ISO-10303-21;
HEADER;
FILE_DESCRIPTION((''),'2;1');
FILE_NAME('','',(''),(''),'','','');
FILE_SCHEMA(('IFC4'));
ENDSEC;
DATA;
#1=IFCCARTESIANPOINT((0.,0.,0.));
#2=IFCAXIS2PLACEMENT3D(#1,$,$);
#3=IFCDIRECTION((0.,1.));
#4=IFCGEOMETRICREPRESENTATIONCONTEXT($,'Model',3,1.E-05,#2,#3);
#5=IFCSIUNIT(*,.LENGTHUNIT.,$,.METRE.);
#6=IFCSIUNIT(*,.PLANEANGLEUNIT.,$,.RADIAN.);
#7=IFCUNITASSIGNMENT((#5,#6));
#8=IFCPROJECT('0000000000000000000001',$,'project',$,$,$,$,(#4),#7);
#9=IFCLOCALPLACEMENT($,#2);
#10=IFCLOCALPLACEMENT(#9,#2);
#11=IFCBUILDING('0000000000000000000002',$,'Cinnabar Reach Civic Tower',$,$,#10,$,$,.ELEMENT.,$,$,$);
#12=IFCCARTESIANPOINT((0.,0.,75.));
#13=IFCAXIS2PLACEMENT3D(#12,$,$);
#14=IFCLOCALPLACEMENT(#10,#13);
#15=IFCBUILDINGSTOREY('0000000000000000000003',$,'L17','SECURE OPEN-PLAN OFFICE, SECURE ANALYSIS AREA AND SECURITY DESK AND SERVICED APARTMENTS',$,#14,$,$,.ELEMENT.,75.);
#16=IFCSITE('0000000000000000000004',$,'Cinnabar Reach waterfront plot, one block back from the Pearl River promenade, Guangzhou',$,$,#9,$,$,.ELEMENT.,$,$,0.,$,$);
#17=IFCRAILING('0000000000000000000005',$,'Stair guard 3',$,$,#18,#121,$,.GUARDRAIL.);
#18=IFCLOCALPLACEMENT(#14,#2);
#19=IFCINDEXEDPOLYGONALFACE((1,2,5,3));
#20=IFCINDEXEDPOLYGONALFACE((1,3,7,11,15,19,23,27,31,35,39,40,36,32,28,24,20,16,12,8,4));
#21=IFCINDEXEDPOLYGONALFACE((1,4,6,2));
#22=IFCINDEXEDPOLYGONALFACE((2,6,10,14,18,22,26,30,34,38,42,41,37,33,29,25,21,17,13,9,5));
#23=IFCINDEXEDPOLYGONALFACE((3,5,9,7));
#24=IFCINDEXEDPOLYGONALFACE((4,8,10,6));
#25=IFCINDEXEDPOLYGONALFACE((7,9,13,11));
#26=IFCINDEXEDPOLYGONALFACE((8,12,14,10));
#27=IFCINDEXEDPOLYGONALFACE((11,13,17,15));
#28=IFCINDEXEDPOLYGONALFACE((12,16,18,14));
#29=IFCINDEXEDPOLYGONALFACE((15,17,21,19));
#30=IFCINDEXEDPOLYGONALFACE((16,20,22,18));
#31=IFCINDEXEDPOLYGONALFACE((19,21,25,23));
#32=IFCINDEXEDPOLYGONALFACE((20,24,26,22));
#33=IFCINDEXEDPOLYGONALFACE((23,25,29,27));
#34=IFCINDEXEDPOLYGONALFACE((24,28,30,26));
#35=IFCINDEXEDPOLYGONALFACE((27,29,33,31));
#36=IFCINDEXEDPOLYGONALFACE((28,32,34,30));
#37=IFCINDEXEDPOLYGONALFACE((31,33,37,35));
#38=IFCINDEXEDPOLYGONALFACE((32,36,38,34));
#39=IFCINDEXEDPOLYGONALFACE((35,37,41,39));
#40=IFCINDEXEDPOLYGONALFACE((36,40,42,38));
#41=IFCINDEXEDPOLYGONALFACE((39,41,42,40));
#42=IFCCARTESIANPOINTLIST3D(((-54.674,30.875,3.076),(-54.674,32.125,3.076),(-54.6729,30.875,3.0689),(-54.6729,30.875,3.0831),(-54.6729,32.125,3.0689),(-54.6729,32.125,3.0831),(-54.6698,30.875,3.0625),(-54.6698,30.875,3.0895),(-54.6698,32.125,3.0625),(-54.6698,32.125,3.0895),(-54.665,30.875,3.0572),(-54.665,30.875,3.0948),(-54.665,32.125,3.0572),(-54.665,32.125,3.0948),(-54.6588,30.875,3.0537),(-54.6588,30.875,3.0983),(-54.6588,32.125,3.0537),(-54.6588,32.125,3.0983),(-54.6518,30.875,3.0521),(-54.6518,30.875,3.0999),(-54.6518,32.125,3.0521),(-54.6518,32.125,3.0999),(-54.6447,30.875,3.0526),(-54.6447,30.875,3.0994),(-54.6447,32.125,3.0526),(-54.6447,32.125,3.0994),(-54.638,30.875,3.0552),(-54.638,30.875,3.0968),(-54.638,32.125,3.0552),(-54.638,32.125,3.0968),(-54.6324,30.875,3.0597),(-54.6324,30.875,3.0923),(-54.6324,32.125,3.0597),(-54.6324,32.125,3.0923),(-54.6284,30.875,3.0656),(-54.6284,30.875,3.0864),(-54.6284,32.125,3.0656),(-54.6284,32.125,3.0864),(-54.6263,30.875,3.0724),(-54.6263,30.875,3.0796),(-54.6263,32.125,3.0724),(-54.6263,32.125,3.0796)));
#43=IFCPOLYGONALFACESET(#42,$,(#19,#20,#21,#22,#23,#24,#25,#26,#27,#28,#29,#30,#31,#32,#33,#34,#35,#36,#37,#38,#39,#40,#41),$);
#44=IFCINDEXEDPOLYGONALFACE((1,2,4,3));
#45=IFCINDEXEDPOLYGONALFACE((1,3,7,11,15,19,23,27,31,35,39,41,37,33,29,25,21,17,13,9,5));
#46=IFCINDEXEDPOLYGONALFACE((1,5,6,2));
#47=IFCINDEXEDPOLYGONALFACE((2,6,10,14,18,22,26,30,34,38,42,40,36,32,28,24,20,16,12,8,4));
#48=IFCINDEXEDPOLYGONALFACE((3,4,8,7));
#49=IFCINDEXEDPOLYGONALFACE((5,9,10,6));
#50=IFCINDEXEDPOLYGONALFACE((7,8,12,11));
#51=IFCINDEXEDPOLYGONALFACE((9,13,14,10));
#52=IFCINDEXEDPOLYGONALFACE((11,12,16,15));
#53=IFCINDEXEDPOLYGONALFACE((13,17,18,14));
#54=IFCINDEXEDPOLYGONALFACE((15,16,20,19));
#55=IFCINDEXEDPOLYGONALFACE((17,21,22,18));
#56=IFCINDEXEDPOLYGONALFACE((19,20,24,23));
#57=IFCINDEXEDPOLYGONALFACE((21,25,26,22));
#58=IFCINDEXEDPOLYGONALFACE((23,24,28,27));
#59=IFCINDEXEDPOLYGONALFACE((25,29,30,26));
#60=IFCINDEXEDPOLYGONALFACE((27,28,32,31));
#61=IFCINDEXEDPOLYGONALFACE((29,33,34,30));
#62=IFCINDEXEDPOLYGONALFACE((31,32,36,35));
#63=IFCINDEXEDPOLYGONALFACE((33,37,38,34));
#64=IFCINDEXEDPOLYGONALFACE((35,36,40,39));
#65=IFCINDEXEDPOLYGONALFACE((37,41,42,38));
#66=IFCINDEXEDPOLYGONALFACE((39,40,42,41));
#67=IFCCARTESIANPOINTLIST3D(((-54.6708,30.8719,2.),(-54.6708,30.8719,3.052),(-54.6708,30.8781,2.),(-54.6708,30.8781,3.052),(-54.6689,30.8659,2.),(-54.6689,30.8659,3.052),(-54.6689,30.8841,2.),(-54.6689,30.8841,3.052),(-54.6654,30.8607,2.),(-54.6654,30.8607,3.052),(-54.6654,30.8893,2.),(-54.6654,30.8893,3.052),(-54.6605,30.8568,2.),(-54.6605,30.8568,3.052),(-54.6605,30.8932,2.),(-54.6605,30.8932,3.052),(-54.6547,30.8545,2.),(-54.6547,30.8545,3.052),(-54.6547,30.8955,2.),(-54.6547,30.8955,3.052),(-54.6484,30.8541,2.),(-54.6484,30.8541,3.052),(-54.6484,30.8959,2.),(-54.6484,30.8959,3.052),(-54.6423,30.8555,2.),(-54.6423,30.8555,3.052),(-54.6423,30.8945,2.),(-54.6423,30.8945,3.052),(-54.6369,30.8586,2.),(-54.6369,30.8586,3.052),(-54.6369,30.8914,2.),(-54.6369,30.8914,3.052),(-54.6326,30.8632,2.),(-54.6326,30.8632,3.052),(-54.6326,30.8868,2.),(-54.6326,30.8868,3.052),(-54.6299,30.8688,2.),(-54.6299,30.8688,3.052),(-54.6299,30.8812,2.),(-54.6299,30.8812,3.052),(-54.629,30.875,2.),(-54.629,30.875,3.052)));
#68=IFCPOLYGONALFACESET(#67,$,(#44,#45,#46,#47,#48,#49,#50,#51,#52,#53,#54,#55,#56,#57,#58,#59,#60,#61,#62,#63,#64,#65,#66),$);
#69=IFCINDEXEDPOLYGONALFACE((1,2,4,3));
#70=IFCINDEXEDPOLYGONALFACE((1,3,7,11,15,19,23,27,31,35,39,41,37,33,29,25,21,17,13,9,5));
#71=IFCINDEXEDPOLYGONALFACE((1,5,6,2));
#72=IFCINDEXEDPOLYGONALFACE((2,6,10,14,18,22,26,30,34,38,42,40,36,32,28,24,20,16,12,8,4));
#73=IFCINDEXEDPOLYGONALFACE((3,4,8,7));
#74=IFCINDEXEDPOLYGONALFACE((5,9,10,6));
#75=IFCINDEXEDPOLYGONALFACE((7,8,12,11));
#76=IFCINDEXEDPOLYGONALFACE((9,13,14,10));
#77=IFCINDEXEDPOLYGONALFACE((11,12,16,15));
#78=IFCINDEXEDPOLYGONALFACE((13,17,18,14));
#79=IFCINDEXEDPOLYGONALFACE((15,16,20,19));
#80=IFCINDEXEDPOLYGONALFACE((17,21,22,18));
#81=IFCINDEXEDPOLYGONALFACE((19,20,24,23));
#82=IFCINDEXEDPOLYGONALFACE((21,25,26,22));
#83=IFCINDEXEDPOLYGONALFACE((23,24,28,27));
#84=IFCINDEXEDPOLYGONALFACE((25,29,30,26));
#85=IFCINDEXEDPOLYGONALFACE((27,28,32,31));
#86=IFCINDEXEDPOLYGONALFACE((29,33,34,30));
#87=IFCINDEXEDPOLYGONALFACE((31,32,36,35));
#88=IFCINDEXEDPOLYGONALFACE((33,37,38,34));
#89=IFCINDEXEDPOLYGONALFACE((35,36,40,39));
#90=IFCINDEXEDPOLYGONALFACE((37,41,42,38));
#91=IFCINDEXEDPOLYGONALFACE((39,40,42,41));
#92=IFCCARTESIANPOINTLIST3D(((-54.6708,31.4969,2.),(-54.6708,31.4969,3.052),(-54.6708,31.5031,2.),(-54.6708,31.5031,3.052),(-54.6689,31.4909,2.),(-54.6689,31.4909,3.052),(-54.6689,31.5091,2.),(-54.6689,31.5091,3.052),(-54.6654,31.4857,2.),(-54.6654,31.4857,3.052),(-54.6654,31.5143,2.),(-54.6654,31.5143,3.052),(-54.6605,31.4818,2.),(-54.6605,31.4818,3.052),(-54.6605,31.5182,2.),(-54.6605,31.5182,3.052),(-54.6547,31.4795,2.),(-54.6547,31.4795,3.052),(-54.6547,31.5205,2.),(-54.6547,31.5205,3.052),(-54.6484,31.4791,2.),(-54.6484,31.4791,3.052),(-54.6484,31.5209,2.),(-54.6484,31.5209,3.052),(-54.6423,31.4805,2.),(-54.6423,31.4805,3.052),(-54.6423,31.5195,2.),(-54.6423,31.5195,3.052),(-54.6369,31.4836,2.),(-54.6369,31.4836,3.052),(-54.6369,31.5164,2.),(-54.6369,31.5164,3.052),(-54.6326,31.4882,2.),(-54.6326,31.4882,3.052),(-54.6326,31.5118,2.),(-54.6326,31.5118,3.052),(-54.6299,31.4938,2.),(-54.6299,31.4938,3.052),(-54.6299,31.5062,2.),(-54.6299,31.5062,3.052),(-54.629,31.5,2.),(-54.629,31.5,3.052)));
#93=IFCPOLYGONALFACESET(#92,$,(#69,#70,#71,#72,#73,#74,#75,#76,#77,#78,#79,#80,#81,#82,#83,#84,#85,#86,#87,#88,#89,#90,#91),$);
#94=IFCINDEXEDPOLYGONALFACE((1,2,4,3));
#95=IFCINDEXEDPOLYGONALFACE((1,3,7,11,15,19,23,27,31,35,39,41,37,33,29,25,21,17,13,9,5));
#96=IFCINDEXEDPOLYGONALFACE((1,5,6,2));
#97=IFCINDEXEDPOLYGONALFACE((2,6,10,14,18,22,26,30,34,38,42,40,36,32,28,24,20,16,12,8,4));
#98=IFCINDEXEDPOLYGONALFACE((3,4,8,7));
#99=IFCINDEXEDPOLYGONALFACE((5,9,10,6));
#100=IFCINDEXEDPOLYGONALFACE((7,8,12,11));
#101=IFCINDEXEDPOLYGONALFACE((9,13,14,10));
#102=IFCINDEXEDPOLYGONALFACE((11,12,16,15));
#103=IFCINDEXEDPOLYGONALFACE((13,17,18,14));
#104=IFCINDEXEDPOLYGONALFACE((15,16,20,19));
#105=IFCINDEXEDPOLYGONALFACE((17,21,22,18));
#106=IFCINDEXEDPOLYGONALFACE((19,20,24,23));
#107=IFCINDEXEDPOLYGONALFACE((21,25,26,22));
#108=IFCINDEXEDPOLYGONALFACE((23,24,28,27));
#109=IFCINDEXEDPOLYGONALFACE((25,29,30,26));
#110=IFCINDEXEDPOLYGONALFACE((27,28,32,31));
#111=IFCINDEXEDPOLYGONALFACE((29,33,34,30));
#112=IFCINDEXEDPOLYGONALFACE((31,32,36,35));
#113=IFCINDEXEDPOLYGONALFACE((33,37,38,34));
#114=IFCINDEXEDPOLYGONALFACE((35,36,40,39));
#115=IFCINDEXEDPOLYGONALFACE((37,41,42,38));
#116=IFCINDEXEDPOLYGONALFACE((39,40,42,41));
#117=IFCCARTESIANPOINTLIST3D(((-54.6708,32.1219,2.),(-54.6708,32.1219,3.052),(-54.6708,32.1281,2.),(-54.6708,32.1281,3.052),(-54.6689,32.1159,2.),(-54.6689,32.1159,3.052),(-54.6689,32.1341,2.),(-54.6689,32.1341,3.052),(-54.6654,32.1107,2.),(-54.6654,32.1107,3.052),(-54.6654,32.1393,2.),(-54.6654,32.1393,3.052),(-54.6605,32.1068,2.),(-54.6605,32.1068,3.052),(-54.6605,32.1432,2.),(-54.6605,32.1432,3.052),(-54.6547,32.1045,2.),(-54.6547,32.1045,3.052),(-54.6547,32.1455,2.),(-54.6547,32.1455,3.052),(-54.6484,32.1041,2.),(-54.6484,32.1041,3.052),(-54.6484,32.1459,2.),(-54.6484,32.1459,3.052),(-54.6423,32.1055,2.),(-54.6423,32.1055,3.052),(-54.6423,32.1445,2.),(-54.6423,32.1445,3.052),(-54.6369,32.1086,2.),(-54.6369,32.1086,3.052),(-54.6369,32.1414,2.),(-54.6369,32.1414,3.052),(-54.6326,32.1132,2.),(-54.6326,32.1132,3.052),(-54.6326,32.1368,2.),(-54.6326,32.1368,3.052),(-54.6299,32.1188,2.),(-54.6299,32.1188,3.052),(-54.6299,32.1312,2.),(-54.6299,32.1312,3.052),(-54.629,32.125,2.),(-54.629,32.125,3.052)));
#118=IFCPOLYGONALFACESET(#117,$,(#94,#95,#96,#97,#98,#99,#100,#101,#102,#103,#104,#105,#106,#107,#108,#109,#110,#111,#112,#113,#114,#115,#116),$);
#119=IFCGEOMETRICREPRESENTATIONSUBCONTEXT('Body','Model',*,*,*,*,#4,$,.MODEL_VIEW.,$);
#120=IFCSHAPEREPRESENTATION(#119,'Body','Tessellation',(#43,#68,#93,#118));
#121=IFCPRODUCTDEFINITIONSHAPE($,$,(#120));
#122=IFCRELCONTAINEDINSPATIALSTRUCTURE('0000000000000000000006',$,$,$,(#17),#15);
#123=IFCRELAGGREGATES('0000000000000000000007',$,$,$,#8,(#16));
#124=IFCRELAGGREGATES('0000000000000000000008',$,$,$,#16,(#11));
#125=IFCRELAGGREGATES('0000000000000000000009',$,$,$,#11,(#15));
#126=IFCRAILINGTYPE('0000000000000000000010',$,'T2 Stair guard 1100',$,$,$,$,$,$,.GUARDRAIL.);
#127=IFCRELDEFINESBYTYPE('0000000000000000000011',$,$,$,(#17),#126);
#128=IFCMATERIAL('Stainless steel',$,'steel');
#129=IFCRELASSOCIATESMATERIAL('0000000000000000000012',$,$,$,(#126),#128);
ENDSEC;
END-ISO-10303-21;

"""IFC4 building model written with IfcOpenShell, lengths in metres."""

from ifc_helpers import new_model, si_unit, direction, frame, origin, origin_2d, place, context, subcontext, project, spatial, circle, extrude, material, type_object, element, save


model = new_model("IFC4")

# Units and contexts
model_context = context("Model", 3, precision=1e-05, world=origin(), true_north=direction((0.0, 1.0)))
body_context = subcontext(model_context, "Body", "Model", "MODEL_VIEW")
ifc_project = project(units=[si_unit("LENGTHUNIT", "METRE"), si_unit("PLANEANGLEUNIT", "RADIAN")], contexts=[model_context])

# Site, building, storey
site_placement = place(None, origin())
site = spatial("IfcSite", under=ifc_project, at=site_placement, Name="Cinnabar Reach waterfront plot, one block back from the Pearl River promenade, Guangzhou", CompositionType="ELEMENT", RefElevation=0.0)
building_placement = place(site_placement, origin())
building = spatial("IfcBuilding", under=site, at=building_placement, Name="Cinnabar Reach Civic Tower", CompositionType="ELEMENT")
storey_placement = place(building_placement, frame((0.0, 0.0, 75.0)))
storey = spatial("IfcBuildingStorey", under=building, at=storey_placement, Name="L17", Description="SECURE OPEN-PLAN OFFICE, SECURE ANALYSIS AREA AND SECURITY DESK AND SERVICED APARTMENTS", CompositionType="ELEMENT", Elevation=75.0)

# Railing
ifc_material_1 = material(Name="Stainless steel", Category="steel")
railing_type = type_object("IfcRailingType", Name="T2 Stair guard 1100", PredefinedType="GUARDRAIL", material=ifc_material_1)
railing_1_placement = place(storey_placement, frame((-54.65, 30.875, 2.0)))
element("IfcRailing", 1, at=railing_1_placement, inside=storey, type_object=railing_type, Name="Stair guard 3", PredefinedType="GUARDRAIL", context=body_context, shape_type="SweptSolid", body=[
    extrude(circle(Radius=0.024, at=origin_2d()), frame((0.0, 0.0, 1.076), z_axis=(0.0, 1.0, 0.0), x_axis=(-1.0, 0.0, 0.0)), (0.0, 0.0, 1.0), 1.25),
    extrude(circle(Radius=0.021, at=origin_2d()), origin(), (0.0, 0.0, 1.0), 1.052),
    extrude(circle(Radius=0.021, at=origin_2d()), frame((0.0, 0.625, 0.0)), (0.0, 0.0, 1.0), 1.052),
    extrude(circle(Radius=0.021, at=origin_2d()), frame((0.0, 1.25, 0.0)), (0.0, 0.0, 1.0), 1.052),
])

save(model, "model.ifc")
